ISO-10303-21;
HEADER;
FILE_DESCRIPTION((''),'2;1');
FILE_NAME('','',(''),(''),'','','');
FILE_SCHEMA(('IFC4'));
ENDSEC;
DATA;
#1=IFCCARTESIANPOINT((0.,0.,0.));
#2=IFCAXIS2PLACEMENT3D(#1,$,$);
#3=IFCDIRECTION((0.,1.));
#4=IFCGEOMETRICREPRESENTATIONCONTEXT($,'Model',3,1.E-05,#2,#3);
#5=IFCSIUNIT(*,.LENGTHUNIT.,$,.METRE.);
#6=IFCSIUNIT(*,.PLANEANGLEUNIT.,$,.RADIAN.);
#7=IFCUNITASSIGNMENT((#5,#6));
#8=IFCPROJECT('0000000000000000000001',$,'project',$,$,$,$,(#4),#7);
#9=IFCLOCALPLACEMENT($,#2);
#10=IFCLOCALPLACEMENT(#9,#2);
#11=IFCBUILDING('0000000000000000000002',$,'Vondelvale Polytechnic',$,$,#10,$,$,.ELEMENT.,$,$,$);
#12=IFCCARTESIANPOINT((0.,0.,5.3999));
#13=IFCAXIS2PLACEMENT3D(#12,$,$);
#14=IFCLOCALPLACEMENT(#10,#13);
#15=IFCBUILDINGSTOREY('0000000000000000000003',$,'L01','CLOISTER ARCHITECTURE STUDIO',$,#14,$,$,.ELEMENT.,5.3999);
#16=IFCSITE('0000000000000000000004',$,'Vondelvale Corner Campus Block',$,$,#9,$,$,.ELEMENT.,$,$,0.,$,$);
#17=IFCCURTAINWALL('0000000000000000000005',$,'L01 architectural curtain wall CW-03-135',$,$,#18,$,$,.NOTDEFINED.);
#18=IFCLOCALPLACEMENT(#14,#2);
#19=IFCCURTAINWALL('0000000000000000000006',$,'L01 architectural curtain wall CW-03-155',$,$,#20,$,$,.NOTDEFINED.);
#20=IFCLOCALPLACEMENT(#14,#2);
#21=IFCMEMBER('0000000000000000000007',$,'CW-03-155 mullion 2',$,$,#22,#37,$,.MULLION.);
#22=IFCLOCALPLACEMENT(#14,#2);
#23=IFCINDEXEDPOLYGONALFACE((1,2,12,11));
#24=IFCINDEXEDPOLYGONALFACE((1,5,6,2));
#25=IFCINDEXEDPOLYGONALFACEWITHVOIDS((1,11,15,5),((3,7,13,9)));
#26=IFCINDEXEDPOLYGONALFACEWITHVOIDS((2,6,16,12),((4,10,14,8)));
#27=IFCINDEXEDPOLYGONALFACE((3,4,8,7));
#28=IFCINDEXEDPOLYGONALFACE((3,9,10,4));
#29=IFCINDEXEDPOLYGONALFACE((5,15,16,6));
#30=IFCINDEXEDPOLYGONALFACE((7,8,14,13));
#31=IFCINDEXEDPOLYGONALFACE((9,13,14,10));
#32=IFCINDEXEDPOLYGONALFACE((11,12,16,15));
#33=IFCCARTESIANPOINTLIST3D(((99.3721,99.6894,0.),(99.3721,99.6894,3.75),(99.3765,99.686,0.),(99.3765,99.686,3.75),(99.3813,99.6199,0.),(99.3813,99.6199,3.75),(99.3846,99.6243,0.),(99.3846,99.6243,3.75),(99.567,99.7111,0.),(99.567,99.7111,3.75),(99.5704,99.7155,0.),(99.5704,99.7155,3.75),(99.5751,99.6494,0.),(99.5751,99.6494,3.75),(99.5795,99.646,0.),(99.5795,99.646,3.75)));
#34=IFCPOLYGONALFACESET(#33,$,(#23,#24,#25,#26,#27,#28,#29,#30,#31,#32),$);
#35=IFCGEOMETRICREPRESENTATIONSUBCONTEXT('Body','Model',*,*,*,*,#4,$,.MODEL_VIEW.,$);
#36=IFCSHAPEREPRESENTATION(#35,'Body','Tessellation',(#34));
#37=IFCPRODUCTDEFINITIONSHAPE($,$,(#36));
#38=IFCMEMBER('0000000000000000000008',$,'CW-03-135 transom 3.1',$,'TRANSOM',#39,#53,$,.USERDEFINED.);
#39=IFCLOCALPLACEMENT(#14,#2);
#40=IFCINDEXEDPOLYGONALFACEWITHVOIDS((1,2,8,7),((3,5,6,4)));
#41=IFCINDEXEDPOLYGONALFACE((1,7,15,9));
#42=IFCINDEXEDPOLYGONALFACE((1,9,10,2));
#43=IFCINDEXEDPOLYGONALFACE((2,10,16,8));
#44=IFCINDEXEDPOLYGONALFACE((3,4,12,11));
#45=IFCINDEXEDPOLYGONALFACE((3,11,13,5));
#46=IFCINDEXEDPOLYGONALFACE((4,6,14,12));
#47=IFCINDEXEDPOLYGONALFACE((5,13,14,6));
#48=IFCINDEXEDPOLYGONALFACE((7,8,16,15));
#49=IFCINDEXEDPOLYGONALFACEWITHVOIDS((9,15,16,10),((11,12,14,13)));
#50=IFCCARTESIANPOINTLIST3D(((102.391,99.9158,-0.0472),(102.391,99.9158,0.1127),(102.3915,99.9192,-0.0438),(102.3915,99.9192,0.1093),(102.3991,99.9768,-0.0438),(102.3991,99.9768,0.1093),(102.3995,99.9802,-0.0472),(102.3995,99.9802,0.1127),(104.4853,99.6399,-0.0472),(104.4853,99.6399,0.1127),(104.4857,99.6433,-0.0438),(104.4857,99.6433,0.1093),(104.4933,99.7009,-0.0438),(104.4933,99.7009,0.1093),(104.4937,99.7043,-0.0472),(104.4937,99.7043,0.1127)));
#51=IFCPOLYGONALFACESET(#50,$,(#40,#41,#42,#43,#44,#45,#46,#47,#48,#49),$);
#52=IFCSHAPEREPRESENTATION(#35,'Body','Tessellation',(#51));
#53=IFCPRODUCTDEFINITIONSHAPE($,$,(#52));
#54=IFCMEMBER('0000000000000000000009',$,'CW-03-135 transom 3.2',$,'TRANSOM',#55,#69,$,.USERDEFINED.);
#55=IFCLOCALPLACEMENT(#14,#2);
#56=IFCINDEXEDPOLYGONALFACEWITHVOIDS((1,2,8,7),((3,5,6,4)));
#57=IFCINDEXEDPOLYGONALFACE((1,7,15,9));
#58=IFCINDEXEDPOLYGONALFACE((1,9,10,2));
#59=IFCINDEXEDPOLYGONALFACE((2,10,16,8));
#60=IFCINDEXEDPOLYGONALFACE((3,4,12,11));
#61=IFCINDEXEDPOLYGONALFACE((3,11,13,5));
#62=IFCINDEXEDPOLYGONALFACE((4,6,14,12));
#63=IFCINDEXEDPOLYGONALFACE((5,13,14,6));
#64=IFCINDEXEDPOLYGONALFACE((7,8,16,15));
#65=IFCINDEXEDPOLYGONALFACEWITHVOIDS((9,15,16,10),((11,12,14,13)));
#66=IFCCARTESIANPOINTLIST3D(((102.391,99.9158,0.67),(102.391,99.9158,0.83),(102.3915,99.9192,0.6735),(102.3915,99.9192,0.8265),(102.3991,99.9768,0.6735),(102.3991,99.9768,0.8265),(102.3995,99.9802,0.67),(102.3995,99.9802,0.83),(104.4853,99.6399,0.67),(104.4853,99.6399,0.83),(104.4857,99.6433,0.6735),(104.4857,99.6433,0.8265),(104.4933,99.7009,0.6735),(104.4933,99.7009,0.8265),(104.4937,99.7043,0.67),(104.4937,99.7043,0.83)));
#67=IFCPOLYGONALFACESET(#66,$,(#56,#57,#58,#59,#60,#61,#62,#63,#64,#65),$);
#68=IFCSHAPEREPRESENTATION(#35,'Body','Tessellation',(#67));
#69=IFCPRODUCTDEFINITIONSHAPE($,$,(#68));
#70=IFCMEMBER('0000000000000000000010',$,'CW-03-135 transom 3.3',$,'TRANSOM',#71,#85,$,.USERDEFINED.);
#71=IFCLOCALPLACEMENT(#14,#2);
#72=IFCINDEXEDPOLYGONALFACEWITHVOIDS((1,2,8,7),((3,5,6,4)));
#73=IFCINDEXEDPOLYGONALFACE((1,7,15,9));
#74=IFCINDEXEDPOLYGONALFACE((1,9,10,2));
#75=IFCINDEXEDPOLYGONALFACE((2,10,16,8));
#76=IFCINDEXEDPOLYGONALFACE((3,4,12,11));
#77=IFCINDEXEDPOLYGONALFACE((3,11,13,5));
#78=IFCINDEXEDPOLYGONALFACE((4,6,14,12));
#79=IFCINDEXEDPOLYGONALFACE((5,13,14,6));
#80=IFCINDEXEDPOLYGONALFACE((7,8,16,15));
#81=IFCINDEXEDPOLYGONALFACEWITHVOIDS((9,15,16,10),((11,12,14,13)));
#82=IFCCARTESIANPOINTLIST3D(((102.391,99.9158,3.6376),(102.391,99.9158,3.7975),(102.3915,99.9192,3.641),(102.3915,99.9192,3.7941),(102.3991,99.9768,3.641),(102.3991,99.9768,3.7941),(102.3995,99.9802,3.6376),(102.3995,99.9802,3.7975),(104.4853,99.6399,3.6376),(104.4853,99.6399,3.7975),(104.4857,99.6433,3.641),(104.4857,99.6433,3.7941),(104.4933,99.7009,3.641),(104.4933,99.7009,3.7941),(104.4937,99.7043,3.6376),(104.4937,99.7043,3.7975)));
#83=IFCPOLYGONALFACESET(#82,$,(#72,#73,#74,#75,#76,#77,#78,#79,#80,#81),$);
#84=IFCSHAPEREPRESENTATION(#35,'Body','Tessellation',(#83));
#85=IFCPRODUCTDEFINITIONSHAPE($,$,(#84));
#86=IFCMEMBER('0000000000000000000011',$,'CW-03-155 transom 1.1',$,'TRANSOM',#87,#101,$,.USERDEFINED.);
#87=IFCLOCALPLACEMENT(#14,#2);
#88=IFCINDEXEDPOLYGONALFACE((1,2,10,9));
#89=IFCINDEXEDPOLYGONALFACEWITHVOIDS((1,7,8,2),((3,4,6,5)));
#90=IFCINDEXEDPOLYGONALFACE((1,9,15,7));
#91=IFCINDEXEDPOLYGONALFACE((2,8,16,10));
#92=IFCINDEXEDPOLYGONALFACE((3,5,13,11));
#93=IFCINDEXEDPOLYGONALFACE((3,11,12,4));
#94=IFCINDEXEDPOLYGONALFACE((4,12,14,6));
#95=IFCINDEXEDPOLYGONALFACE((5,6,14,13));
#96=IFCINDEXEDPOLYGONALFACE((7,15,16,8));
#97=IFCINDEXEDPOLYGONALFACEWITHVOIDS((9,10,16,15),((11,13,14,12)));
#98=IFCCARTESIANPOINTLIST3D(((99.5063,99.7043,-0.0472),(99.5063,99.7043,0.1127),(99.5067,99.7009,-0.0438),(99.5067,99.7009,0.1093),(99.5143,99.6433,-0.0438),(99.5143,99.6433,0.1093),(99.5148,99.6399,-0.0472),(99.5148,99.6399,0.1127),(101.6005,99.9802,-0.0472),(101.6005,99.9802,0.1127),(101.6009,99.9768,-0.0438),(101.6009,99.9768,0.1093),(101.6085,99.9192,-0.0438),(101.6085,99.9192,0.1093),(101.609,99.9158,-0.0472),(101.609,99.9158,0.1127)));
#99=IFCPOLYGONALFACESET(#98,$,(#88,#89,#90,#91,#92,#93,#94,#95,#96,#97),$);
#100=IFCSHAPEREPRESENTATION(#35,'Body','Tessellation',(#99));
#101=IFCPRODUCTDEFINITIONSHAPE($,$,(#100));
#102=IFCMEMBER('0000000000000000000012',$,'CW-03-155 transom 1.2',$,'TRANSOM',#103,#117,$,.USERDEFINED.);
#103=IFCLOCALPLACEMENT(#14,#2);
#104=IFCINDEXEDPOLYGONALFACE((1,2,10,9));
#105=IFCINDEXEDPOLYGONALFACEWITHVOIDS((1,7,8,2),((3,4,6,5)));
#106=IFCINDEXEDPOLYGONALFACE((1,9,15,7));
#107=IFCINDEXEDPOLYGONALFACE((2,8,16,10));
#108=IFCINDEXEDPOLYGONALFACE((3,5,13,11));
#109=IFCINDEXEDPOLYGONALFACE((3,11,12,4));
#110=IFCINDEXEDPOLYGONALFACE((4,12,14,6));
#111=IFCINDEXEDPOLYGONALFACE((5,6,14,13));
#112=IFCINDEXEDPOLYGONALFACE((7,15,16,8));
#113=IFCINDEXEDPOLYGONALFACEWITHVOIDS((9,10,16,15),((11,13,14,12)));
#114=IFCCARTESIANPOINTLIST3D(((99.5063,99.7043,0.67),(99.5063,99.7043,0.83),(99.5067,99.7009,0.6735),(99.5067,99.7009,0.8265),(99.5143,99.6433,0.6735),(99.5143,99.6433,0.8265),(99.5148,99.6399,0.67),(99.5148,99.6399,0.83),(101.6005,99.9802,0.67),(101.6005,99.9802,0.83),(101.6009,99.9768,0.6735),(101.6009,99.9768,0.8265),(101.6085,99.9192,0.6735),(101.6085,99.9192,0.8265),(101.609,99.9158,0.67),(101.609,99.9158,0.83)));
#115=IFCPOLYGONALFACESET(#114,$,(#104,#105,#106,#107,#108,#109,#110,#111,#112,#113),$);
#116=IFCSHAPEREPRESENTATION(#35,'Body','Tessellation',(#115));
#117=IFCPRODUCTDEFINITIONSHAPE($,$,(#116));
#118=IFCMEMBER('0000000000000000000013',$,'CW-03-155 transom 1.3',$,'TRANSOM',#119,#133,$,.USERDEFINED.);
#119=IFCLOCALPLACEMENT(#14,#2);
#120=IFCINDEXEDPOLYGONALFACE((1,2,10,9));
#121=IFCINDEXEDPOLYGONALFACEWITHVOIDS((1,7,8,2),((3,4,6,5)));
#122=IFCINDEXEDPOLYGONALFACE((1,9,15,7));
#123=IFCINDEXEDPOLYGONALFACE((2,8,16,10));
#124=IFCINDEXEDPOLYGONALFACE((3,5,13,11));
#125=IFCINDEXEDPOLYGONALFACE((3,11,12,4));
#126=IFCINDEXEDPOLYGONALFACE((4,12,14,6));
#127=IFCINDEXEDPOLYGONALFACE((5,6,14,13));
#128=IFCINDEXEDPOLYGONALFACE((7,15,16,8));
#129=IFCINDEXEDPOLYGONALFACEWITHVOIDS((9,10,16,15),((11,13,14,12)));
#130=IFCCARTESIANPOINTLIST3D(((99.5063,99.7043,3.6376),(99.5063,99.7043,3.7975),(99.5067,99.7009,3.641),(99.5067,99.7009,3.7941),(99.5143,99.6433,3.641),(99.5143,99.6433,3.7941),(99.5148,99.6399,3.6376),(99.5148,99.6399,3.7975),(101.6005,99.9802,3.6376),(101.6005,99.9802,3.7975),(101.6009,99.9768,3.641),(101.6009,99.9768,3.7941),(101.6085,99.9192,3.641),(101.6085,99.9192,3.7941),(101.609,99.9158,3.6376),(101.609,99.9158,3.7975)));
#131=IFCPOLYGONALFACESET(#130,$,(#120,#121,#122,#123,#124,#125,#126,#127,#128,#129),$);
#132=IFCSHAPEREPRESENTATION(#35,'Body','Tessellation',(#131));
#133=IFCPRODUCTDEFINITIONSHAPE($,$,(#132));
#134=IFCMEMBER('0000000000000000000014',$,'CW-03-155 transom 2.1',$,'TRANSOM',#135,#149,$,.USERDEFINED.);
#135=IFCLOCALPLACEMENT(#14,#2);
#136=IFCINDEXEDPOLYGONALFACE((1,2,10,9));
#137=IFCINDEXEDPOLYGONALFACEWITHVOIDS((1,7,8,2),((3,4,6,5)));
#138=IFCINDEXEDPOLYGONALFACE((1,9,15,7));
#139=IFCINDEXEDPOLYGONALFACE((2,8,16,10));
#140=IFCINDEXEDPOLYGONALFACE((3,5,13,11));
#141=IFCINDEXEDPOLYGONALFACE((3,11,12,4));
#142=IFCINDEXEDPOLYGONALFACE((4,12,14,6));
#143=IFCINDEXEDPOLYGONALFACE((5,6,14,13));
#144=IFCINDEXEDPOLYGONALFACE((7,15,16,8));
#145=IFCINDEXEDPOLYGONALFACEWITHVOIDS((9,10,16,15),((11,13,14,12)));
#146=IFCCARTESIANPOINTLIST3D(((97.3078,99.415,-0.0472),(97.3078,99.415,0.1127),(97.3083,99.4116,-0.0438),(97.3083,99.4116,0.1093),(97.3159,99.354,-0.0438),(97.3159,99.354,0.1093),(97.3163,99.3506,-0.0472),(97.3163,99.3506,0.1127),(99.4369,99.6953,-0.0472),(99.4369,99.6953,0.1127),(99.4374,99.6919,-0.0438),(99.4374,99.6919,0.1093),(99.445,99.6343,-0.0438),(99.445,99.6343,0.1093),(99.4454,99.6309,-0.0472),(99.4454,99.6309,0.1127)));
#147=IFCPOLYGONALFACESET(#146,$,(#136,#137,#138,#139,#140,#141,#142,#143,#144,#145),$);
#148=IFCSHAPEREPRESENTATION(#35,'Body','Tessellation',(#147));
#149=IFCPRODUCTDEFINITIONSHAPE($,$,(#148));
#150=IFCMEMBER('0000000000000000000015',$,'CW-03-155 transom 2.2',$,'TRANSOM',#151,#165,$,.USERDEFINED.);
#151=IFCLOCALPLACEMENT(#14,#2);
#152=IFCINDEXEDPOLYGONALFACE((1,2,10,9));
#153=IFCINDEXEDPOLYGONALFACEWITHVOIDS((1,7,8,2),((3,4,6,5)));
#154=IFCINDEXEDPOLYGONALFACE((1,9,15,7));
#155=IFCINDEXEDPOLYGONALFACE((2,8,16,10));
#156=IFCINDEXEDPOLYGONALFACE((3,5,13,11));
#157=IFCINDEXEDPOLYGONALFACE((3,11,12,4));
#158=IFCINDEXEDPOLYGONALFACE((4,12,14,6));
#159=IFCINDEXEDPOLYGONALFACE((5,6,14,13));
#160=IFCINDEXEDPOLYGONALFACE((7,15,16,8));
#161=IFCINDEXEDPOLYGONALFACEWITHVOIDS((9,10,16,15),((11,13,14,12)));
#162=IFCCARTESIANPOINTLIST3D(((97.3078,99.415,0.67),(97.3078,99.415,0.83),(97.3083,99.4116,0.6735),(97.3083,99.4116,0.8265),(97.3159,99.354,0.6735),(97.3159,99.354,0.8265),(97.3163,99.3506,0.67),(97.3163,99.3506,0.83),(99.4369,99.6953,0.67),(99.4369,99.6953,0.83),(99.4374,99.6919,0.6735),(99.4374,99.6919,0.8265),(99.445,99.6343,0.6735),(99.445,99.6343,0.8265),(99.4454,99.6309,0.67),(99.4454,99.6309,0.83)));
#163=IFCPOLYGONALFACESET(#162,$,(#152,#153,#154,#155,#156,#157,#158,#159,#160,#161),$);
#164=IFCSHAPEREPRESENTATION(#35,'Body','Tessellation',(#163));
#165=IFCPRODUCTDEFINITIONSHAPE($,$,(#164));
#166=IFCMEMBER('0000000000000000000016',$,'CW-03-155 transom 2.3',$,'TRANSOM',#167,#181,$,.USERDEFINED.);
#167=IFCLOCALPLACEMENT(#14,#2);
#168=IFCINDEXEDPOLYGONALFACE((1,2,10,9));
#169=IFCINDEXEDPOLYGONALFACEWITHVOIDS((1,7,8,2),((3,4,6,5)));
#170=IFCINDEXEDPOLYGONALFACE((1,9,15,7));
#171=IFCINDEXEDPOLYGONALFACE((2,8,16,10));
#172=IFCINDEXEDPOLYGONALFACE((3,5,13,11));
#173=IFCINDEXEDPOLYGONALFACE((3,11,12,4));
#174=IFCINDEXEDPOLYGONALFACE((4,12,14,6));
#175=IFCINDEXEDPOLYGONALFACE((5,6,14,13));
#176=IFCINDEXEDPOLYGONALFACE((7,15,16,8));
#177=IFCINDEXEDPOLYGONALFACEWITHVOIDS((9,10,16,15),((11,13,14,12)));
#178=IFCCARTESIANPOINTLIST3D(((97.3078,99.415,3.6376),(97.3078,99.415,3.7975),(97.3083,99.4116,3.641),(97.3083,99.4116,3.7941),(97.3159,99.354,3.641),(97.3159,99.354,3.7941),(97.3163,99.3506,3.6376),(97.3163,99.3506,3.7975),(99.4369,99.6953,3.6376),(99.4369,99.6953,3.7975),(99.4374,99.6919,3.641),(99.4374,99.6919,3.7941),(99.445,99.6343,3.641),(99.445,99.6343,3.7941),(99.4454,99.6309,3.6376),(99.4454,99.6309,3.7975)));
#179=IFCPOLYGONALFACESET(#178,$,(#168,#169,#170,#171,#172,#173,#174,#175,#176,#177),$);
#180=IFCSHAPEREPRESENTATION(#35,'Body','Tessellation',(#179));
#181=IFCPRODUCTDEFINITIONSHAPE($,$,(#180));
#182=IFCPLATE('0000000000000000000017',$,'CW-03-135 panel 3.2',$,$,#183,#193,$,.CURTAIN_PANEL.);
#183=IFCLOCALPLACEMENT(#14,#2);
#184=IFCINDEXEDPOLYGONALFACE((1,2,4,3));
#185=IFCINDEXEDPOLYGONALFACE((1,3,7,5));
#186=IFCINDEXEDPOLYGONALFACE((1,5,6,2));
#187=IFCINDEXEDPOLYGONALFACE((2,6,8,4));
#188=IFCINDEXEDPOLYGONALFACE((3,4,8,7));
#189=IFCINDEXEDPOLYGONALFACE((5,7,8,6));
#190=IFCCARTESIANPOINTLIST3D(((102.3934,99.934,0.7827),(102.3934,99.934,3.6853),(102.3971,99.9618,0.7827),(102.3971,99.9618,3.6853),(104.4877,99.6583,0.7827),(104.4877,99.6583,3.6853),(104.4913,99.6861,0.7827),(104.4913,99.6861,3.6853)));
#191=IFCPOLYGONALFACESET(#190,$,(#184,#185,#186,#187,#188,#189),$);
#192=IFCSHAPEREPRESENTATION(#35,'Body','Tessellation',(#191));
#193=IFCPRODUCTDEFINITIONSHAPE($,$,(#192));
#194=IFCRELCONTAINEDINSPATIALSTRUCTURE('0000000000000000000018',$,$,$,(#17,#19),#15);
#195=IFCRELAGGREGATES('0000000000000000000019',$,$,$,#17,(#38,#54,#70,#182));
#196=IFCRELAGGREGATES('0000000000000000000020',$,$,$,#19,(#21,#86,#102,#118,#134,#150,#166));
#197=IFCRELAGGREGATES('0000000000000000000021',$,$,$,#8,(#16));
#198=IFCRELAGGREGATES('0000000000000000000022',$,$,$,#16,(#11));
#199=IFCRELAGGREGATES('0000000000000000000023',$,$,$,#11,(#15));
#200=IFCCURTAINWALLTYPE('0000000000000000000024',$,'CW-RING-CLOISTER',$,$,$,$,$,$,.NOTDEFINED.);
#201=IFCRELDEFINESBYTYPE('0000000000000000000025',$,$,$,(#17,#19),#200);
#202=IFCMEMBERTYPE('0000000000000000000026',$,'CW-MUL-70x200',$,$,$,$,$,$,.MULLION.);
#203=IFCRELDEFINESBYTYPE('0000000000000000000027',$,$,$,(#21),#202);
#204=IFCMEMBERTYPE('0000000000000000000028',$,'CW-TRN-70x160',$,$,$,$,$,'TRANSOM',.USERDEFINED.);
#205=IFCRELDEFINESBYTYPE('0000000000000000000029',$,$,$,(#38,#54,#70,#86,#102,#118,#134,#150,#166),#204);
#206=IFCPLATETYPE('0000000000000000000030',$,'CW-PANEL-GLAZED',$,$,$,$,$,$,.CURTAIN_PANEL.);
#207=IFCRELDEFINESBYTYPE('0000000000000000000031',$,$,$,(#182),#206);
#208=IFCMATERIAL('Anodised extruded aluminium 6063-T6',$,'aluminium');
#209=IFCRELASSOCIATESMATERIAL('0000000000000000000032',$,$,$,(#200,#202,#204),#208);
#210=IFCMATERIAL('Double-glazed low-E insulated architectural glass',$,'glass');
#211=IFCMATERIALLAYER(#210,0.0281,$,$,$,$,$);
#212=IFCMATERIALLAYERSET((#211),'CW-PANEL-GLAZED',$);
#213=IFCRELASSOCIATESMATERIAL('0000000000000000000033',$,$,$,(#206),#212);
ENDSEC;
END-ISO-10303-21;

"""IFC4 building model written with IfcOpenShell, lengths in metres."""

from ifc_helpers import new_model, si_unit, direction, frame, origin, origin_2d, place, context, subcontext, project, spatial, rectangle, hollow_rectangle, extrude, material, layer, layer_set, material_profile, profile_set, type_object, element, aggregate, save


model = new_model("IFC4")

# Units and contexts
model_context = context("Model", 3, precision=1e-05, world=origin(), true_north=direction((0.0, 1.0)))
body_context = subcontext(model_context, "Body", "Model", "MODEL_VIEW")
ifc_project = project(units=[si_unit("LENGTHUNIT", "METRE"), si_unit("PLANEANGLEUNIT", "RADIAN")], contexts=[model_context])

# Site, building, storey
site_placement = place(None, origin())
site = spatial("IfcSite", under=ifc_project, at=site_placement, Name="Vondelvale Corner Campus Block", CompositionType="ELEMENT", RefElevation=0.0)
building_placement = place(site_placement, origin())
building = spatial("IfcBuilding", under=site, at=building_placement, Name="Vondelvale Polytechnic", CompositionType="ELEMENT")
storey_placement = place(building_placement, frame((0.0, 0.0, 5.3999)))
storey = spatial("IfcBuildingStorey", under=building, at=storey_placement, Name="L01", Description="CLOISTER ARCHITECTURE STUDIO", CompositionType="ELEMENT", Elevation=5.3999)

# Curtain walls, member
ifc_material_1 = material(Name="Anodised extruded aluminium 6063-T6", Category="aluminium")
curtain_wall_type = type_object("IfcCurtainWallType", Name="CW-RING-CLOISTER", PredefinedType="NOTDEFINED", material=ifc_material_1)
curtain_wall_1_placement = place(storey_placement, origin())
curtain_wall_1 = element("IfcCurtainWall", 1, at=curtain_wall_1_placement, inside=storey, type_object=curtain_wall_type, Name="L01 architectural curtain wall CW-03-135", PredefinedType="NOTDEFINED")
ifc_material_profile_1 = material_profile(ifc_material_1, hollow_rectangle(XDim=0.0701, YDim=0.2, WallThickness=0.0039, at=origin_2d()), Name="CW-MUL-200x70")
ifc_profile_set_1 = profile_set([ifc_material_profile_1], Name="Anodised extruded aluminium 6063-T6")
member_type_1 = type_object("IfcMemberType", Name="CW-MUL-70x200", PredefinedType="MULLION", material=ifc_profile_set_1)
curtain_wall_2_placement = place(storey_placement, origin())
curtain_wall_2 = element("IfcCurtainWall", 2, at=curtain_wall_2_placement, inside=storey, type_object=curtain_wall_type, Name="L01 architectural curtain wall CW-03-155", PredefinedType="NOTDEFINED")
member_1_placement = place(storey_placement, frame((99.4758, 99.6677, 0.0), z_axis=(0.0, 0.0, 1.0), x_axis=(0.130528, -0.991445, 0.0)))
member_1 = element("IfcMember", 3, at=member_1_placement, type_object=member_type_1, Name="CW-03-155 mullion 2", PredefinedType="MULLION", context=body_context, shape_type="SweptSolid", body=[
    extrude(hollow_rectangle(XDim=0.0701, YDim=0.2, WallThickness=0.0039, at=origin_2d()), origin(), (0.0, 0.0, 1.0), 3.75),
])

# Members
ifc_material_profile_2 = material_profile(ifc_material_1, hollow_rectangle(XDim=0.0649, YDim=0.1599, WallThickness=0.0034, at=origin_2d()), Name="CW-TRN-160x65")
ifc_profile_set_2 = profile_set([ifc_material_profile_2], Name="Anodised extruded aluminium 6063-T6")
member_type_2 = type_object("IfcMemberType", Name="CW-TRN-70x160", ElementType="TRANSOM", PredefinedType="USERDEFINED", material=ifc_profile_set_2)
member_2_placement = place(storey_placement, frame((104.4895, 99.6721, 0.0327), z_axis=(-0.991435, 0.130604, 0.0), x_axis=(-0.130604, -0.991435, 0.0)))
member_2 = element("IfcMember", 4, at=member_2_placement, type_object=member_type_2, Name="CW-03-135 transom 3.1", ObjectType="TRANSOM", PredefinedType="USERDEFINED", context=body_context, shape_type="SweptSolid", body=[
    extrude(hollow_rectangle(XDim=0.0649, YDim=0.1599, WallThickness=0.0034, at=origin_2d()), origin(), (0.0, 0.0, 1.0), 2.1123),
])
member_3_placement = place(storey_placement, frame((104.4895, 99.6721, 0.75), z_axis=(-0.991435, 0.130604, 0.0), x_axis=(-0.130604, -0.991435, 0.0)))
member_3 = element("IfcMember", 5, at=member_3_placement, type_object=member_type_2, Name="CW-03-135 transom 3.2", ObjectType="TRANSOM", PredefinedType="USERDEFINED", context=body_context, shape_type="SweptSolid", body=[
    extrude(hollow_rectangle(XDim=0.0649, YDim=0.1599, WallThickness=0.0034, at=origin_2d()), origin(), (0.0, 0.0, 1.0), 2.1123),
])
member_4_placement = place(storey_placement, frame((104.4895, 99.6721, 3.7175), z_axis=(-0.991435, 0.130604, 0.0), x_axis=(-0.130604, -0.991435, 0.0)))
member_4 = element("IfcMember", 6, at=member_4_placement, type_object=member_type_2, Name="CW-03-135 transom 3.3", ObjectType="TRANSOM", PredefinedType="USERDEFINED", context=body_context, shape_type="SweptSolid", body=[
    extrude(hollow_rectangle(XDim=0.0649, YDim=0.1599, WallThickness=0.0034, at=origin_2d()), origin(), (0.0, 0.0, 1.0), 2.1123),
])
member_5_placement = place(storey_placement, frame((101.6047, 99.948, 0.0327), z_axis=(-0.991435, -0.130604, 0.0), x_axis=(0.130604, -0.991435, 0.0)))
member_5 = element("IfcMember", 7, at=member_5_placement, type_object=member_type_2, Name="CW-03-155 transom 1.1", ObjectType="TRANSOM", PredefinedType="USERDEFINED", context=body_context, shape_type="SweptSolid", body=[
    extrude(hollow_rectangle(XDim=0.0649, YDim=0.1599, WallThickness=0.0034, at=origin_2d()), origin(), (0.0, 0.0, 1.0), 2.1123),
])
member_6_placement = place(storey_placement, frame((101.6047, 99.948, 0.75), z_axis=(-0.991435, -0.130604, 0.0), x_axis=(0.130604, -0.991435, 0.0)))
member_6 = element("IfcMember", 8, at=member_6_placement, type_object=member_type_2, Name="CW-03-155 transom 1.2", ObjectType="TRANSOM", PredefinedType="USERDEFINED", context=body_context, shape_type="SweptSolid", body=[
    extrude(hollow_rectangle(XDim=0.0649, YDim=0.1599, WallThickness=0.0034, at=origin_2d()), origin(), (0.0, 0.0, 1.0), 2.1123),
])
member_7_placement = place(storey_placement, frame((101.6047, 99.948, 3.7175), z_axis=(-0.991435, -0.130604, 0.0), x_axis=(0.130604, -0.991435, 0.0)))
member_7 = element("IfcMember", 9, at=member_7_placement, type_object=member_type_2, Name="CW-03-155 transom 1.3", ObjectType="TRANSOM", PredefinedType="USERDEFINED", context=body_context, shape_type="SweptSolid", body=[
    extrude(hollow_rectangle(XDim=0.0649, YDim=0.1599, WallThickness=0.0034, at=origin_2d()), origin(), (0.0, 0.0, 1.0), 2.1123),
])
member_8_placement = place(storey_placement, frame((99.4412, 99.6631, 0.0327), z_axis=(-0.991447, -0.13051, 0.0), x_axis=(0.13051, -0.991447, 0.0)))
member_8 = element("IfcMember", 10, at=member_8_placement, type_object=member_type_2, Name="CW-03-155 transom 2.1", ObjectType="TRANSOM", PredefinedType="USERDEFINED", context=body_context, shape_type="SweptSolid", body=[
    extrude(hollow_rectangle(XDim=0.0649, YDim=0.1599, WallThickness=0.0034, at=origin_2d()), origin(), (0.0, 0.0, 1.0), 2.1475),
])
member_9_placement = place(storey_placement, frame((99.4412, 99.6631, 0.75), z_axis=(-0.991447, -0.13051, 0.0), x_axis=(0.13051, -0.991447, 0.0)))
member_9 = element("IfcMember", 11, at=member_9_placement, type_object=member_type_2, Name="CW-03-155 transom 2.2", ObjectType="TRANSOM", PredefinedType="USERDEFINED", context=body_context, shape_type="SweptSolid", body=[
    extrude(hollow_rectangle(XDim=0.0649, YDim=0.1599, WallThickness=0.0034, at=origin_2d()), origin(), (0.0, 0.0, 1.0), 2.1475),
])
member_10_placement = place(storey_placement, frame((99.4412, 99.6631, 3.7175), z_axis=(-0.991447, -0.13051, 0.0), x_axis=(0.13051, -0.991447, 0.0)))
member_10 = element("IfcMember", 12, at=member_10_placement, type_object=member_type_2, Name="CW-03-155 transom 2.3", ObjectType="TRANSOM", PredefinedType="USERDEFINED", context=body_context, shape_type="SweptSolid", body=[
    extrude(hollow_rectangle(XDim=0.0649, YDim=0.1599, WallThickness=0.0034, at=origin_2d()), origin(), (0.0, 0.0, 1.0), 2.1475),
])

# Plate
ifc_material_2 = material(Name="Double-glazed low-E insulated architectural glass", Category="glass")
ifc_layer_1 = layer(ifc_material_2, 0.0281)
ifc_layer_set_1 = layer_set([ifc_layer_1], Name="CW-PANEL-GLAZED")
plate_type_1 = type_object("IfcPlateType", Name="CW-PANEL-GLAZED", PredefinedType="CURTAIN_PANEL", material=ifc_layer_set_1)
plate_1_placement = place(storey_placement, frame((103.4424, 99.8101, 0.7827), z_axis=(0.0, 0.0, 1.0), x_axis=(-0.991445, 0.130528, 0.0)))
plate_1 = element("IfcPlate", 13, at=plate_1_placement, type_object=plate_type_1, Name="CW-03-135 panel 3.2", PredefinedType="CURTAIN_PANEL", context=body_context, shape_type="SweptSolid", body=[
    extrude(rectangle(XDim=2.1123, YDim=0.0281, at=origin_2d()), origin(), (0.0, 0.0, 1.0), 2.9026),
])
aggregate(curtain_wall_1, [member_2, member_3, member_4, plate_1])
aggregate(curtain_wall_2, [member_1, member_5, member_6, member_7, member_8, member_9, member_10])

save(model, "model.ifc")
